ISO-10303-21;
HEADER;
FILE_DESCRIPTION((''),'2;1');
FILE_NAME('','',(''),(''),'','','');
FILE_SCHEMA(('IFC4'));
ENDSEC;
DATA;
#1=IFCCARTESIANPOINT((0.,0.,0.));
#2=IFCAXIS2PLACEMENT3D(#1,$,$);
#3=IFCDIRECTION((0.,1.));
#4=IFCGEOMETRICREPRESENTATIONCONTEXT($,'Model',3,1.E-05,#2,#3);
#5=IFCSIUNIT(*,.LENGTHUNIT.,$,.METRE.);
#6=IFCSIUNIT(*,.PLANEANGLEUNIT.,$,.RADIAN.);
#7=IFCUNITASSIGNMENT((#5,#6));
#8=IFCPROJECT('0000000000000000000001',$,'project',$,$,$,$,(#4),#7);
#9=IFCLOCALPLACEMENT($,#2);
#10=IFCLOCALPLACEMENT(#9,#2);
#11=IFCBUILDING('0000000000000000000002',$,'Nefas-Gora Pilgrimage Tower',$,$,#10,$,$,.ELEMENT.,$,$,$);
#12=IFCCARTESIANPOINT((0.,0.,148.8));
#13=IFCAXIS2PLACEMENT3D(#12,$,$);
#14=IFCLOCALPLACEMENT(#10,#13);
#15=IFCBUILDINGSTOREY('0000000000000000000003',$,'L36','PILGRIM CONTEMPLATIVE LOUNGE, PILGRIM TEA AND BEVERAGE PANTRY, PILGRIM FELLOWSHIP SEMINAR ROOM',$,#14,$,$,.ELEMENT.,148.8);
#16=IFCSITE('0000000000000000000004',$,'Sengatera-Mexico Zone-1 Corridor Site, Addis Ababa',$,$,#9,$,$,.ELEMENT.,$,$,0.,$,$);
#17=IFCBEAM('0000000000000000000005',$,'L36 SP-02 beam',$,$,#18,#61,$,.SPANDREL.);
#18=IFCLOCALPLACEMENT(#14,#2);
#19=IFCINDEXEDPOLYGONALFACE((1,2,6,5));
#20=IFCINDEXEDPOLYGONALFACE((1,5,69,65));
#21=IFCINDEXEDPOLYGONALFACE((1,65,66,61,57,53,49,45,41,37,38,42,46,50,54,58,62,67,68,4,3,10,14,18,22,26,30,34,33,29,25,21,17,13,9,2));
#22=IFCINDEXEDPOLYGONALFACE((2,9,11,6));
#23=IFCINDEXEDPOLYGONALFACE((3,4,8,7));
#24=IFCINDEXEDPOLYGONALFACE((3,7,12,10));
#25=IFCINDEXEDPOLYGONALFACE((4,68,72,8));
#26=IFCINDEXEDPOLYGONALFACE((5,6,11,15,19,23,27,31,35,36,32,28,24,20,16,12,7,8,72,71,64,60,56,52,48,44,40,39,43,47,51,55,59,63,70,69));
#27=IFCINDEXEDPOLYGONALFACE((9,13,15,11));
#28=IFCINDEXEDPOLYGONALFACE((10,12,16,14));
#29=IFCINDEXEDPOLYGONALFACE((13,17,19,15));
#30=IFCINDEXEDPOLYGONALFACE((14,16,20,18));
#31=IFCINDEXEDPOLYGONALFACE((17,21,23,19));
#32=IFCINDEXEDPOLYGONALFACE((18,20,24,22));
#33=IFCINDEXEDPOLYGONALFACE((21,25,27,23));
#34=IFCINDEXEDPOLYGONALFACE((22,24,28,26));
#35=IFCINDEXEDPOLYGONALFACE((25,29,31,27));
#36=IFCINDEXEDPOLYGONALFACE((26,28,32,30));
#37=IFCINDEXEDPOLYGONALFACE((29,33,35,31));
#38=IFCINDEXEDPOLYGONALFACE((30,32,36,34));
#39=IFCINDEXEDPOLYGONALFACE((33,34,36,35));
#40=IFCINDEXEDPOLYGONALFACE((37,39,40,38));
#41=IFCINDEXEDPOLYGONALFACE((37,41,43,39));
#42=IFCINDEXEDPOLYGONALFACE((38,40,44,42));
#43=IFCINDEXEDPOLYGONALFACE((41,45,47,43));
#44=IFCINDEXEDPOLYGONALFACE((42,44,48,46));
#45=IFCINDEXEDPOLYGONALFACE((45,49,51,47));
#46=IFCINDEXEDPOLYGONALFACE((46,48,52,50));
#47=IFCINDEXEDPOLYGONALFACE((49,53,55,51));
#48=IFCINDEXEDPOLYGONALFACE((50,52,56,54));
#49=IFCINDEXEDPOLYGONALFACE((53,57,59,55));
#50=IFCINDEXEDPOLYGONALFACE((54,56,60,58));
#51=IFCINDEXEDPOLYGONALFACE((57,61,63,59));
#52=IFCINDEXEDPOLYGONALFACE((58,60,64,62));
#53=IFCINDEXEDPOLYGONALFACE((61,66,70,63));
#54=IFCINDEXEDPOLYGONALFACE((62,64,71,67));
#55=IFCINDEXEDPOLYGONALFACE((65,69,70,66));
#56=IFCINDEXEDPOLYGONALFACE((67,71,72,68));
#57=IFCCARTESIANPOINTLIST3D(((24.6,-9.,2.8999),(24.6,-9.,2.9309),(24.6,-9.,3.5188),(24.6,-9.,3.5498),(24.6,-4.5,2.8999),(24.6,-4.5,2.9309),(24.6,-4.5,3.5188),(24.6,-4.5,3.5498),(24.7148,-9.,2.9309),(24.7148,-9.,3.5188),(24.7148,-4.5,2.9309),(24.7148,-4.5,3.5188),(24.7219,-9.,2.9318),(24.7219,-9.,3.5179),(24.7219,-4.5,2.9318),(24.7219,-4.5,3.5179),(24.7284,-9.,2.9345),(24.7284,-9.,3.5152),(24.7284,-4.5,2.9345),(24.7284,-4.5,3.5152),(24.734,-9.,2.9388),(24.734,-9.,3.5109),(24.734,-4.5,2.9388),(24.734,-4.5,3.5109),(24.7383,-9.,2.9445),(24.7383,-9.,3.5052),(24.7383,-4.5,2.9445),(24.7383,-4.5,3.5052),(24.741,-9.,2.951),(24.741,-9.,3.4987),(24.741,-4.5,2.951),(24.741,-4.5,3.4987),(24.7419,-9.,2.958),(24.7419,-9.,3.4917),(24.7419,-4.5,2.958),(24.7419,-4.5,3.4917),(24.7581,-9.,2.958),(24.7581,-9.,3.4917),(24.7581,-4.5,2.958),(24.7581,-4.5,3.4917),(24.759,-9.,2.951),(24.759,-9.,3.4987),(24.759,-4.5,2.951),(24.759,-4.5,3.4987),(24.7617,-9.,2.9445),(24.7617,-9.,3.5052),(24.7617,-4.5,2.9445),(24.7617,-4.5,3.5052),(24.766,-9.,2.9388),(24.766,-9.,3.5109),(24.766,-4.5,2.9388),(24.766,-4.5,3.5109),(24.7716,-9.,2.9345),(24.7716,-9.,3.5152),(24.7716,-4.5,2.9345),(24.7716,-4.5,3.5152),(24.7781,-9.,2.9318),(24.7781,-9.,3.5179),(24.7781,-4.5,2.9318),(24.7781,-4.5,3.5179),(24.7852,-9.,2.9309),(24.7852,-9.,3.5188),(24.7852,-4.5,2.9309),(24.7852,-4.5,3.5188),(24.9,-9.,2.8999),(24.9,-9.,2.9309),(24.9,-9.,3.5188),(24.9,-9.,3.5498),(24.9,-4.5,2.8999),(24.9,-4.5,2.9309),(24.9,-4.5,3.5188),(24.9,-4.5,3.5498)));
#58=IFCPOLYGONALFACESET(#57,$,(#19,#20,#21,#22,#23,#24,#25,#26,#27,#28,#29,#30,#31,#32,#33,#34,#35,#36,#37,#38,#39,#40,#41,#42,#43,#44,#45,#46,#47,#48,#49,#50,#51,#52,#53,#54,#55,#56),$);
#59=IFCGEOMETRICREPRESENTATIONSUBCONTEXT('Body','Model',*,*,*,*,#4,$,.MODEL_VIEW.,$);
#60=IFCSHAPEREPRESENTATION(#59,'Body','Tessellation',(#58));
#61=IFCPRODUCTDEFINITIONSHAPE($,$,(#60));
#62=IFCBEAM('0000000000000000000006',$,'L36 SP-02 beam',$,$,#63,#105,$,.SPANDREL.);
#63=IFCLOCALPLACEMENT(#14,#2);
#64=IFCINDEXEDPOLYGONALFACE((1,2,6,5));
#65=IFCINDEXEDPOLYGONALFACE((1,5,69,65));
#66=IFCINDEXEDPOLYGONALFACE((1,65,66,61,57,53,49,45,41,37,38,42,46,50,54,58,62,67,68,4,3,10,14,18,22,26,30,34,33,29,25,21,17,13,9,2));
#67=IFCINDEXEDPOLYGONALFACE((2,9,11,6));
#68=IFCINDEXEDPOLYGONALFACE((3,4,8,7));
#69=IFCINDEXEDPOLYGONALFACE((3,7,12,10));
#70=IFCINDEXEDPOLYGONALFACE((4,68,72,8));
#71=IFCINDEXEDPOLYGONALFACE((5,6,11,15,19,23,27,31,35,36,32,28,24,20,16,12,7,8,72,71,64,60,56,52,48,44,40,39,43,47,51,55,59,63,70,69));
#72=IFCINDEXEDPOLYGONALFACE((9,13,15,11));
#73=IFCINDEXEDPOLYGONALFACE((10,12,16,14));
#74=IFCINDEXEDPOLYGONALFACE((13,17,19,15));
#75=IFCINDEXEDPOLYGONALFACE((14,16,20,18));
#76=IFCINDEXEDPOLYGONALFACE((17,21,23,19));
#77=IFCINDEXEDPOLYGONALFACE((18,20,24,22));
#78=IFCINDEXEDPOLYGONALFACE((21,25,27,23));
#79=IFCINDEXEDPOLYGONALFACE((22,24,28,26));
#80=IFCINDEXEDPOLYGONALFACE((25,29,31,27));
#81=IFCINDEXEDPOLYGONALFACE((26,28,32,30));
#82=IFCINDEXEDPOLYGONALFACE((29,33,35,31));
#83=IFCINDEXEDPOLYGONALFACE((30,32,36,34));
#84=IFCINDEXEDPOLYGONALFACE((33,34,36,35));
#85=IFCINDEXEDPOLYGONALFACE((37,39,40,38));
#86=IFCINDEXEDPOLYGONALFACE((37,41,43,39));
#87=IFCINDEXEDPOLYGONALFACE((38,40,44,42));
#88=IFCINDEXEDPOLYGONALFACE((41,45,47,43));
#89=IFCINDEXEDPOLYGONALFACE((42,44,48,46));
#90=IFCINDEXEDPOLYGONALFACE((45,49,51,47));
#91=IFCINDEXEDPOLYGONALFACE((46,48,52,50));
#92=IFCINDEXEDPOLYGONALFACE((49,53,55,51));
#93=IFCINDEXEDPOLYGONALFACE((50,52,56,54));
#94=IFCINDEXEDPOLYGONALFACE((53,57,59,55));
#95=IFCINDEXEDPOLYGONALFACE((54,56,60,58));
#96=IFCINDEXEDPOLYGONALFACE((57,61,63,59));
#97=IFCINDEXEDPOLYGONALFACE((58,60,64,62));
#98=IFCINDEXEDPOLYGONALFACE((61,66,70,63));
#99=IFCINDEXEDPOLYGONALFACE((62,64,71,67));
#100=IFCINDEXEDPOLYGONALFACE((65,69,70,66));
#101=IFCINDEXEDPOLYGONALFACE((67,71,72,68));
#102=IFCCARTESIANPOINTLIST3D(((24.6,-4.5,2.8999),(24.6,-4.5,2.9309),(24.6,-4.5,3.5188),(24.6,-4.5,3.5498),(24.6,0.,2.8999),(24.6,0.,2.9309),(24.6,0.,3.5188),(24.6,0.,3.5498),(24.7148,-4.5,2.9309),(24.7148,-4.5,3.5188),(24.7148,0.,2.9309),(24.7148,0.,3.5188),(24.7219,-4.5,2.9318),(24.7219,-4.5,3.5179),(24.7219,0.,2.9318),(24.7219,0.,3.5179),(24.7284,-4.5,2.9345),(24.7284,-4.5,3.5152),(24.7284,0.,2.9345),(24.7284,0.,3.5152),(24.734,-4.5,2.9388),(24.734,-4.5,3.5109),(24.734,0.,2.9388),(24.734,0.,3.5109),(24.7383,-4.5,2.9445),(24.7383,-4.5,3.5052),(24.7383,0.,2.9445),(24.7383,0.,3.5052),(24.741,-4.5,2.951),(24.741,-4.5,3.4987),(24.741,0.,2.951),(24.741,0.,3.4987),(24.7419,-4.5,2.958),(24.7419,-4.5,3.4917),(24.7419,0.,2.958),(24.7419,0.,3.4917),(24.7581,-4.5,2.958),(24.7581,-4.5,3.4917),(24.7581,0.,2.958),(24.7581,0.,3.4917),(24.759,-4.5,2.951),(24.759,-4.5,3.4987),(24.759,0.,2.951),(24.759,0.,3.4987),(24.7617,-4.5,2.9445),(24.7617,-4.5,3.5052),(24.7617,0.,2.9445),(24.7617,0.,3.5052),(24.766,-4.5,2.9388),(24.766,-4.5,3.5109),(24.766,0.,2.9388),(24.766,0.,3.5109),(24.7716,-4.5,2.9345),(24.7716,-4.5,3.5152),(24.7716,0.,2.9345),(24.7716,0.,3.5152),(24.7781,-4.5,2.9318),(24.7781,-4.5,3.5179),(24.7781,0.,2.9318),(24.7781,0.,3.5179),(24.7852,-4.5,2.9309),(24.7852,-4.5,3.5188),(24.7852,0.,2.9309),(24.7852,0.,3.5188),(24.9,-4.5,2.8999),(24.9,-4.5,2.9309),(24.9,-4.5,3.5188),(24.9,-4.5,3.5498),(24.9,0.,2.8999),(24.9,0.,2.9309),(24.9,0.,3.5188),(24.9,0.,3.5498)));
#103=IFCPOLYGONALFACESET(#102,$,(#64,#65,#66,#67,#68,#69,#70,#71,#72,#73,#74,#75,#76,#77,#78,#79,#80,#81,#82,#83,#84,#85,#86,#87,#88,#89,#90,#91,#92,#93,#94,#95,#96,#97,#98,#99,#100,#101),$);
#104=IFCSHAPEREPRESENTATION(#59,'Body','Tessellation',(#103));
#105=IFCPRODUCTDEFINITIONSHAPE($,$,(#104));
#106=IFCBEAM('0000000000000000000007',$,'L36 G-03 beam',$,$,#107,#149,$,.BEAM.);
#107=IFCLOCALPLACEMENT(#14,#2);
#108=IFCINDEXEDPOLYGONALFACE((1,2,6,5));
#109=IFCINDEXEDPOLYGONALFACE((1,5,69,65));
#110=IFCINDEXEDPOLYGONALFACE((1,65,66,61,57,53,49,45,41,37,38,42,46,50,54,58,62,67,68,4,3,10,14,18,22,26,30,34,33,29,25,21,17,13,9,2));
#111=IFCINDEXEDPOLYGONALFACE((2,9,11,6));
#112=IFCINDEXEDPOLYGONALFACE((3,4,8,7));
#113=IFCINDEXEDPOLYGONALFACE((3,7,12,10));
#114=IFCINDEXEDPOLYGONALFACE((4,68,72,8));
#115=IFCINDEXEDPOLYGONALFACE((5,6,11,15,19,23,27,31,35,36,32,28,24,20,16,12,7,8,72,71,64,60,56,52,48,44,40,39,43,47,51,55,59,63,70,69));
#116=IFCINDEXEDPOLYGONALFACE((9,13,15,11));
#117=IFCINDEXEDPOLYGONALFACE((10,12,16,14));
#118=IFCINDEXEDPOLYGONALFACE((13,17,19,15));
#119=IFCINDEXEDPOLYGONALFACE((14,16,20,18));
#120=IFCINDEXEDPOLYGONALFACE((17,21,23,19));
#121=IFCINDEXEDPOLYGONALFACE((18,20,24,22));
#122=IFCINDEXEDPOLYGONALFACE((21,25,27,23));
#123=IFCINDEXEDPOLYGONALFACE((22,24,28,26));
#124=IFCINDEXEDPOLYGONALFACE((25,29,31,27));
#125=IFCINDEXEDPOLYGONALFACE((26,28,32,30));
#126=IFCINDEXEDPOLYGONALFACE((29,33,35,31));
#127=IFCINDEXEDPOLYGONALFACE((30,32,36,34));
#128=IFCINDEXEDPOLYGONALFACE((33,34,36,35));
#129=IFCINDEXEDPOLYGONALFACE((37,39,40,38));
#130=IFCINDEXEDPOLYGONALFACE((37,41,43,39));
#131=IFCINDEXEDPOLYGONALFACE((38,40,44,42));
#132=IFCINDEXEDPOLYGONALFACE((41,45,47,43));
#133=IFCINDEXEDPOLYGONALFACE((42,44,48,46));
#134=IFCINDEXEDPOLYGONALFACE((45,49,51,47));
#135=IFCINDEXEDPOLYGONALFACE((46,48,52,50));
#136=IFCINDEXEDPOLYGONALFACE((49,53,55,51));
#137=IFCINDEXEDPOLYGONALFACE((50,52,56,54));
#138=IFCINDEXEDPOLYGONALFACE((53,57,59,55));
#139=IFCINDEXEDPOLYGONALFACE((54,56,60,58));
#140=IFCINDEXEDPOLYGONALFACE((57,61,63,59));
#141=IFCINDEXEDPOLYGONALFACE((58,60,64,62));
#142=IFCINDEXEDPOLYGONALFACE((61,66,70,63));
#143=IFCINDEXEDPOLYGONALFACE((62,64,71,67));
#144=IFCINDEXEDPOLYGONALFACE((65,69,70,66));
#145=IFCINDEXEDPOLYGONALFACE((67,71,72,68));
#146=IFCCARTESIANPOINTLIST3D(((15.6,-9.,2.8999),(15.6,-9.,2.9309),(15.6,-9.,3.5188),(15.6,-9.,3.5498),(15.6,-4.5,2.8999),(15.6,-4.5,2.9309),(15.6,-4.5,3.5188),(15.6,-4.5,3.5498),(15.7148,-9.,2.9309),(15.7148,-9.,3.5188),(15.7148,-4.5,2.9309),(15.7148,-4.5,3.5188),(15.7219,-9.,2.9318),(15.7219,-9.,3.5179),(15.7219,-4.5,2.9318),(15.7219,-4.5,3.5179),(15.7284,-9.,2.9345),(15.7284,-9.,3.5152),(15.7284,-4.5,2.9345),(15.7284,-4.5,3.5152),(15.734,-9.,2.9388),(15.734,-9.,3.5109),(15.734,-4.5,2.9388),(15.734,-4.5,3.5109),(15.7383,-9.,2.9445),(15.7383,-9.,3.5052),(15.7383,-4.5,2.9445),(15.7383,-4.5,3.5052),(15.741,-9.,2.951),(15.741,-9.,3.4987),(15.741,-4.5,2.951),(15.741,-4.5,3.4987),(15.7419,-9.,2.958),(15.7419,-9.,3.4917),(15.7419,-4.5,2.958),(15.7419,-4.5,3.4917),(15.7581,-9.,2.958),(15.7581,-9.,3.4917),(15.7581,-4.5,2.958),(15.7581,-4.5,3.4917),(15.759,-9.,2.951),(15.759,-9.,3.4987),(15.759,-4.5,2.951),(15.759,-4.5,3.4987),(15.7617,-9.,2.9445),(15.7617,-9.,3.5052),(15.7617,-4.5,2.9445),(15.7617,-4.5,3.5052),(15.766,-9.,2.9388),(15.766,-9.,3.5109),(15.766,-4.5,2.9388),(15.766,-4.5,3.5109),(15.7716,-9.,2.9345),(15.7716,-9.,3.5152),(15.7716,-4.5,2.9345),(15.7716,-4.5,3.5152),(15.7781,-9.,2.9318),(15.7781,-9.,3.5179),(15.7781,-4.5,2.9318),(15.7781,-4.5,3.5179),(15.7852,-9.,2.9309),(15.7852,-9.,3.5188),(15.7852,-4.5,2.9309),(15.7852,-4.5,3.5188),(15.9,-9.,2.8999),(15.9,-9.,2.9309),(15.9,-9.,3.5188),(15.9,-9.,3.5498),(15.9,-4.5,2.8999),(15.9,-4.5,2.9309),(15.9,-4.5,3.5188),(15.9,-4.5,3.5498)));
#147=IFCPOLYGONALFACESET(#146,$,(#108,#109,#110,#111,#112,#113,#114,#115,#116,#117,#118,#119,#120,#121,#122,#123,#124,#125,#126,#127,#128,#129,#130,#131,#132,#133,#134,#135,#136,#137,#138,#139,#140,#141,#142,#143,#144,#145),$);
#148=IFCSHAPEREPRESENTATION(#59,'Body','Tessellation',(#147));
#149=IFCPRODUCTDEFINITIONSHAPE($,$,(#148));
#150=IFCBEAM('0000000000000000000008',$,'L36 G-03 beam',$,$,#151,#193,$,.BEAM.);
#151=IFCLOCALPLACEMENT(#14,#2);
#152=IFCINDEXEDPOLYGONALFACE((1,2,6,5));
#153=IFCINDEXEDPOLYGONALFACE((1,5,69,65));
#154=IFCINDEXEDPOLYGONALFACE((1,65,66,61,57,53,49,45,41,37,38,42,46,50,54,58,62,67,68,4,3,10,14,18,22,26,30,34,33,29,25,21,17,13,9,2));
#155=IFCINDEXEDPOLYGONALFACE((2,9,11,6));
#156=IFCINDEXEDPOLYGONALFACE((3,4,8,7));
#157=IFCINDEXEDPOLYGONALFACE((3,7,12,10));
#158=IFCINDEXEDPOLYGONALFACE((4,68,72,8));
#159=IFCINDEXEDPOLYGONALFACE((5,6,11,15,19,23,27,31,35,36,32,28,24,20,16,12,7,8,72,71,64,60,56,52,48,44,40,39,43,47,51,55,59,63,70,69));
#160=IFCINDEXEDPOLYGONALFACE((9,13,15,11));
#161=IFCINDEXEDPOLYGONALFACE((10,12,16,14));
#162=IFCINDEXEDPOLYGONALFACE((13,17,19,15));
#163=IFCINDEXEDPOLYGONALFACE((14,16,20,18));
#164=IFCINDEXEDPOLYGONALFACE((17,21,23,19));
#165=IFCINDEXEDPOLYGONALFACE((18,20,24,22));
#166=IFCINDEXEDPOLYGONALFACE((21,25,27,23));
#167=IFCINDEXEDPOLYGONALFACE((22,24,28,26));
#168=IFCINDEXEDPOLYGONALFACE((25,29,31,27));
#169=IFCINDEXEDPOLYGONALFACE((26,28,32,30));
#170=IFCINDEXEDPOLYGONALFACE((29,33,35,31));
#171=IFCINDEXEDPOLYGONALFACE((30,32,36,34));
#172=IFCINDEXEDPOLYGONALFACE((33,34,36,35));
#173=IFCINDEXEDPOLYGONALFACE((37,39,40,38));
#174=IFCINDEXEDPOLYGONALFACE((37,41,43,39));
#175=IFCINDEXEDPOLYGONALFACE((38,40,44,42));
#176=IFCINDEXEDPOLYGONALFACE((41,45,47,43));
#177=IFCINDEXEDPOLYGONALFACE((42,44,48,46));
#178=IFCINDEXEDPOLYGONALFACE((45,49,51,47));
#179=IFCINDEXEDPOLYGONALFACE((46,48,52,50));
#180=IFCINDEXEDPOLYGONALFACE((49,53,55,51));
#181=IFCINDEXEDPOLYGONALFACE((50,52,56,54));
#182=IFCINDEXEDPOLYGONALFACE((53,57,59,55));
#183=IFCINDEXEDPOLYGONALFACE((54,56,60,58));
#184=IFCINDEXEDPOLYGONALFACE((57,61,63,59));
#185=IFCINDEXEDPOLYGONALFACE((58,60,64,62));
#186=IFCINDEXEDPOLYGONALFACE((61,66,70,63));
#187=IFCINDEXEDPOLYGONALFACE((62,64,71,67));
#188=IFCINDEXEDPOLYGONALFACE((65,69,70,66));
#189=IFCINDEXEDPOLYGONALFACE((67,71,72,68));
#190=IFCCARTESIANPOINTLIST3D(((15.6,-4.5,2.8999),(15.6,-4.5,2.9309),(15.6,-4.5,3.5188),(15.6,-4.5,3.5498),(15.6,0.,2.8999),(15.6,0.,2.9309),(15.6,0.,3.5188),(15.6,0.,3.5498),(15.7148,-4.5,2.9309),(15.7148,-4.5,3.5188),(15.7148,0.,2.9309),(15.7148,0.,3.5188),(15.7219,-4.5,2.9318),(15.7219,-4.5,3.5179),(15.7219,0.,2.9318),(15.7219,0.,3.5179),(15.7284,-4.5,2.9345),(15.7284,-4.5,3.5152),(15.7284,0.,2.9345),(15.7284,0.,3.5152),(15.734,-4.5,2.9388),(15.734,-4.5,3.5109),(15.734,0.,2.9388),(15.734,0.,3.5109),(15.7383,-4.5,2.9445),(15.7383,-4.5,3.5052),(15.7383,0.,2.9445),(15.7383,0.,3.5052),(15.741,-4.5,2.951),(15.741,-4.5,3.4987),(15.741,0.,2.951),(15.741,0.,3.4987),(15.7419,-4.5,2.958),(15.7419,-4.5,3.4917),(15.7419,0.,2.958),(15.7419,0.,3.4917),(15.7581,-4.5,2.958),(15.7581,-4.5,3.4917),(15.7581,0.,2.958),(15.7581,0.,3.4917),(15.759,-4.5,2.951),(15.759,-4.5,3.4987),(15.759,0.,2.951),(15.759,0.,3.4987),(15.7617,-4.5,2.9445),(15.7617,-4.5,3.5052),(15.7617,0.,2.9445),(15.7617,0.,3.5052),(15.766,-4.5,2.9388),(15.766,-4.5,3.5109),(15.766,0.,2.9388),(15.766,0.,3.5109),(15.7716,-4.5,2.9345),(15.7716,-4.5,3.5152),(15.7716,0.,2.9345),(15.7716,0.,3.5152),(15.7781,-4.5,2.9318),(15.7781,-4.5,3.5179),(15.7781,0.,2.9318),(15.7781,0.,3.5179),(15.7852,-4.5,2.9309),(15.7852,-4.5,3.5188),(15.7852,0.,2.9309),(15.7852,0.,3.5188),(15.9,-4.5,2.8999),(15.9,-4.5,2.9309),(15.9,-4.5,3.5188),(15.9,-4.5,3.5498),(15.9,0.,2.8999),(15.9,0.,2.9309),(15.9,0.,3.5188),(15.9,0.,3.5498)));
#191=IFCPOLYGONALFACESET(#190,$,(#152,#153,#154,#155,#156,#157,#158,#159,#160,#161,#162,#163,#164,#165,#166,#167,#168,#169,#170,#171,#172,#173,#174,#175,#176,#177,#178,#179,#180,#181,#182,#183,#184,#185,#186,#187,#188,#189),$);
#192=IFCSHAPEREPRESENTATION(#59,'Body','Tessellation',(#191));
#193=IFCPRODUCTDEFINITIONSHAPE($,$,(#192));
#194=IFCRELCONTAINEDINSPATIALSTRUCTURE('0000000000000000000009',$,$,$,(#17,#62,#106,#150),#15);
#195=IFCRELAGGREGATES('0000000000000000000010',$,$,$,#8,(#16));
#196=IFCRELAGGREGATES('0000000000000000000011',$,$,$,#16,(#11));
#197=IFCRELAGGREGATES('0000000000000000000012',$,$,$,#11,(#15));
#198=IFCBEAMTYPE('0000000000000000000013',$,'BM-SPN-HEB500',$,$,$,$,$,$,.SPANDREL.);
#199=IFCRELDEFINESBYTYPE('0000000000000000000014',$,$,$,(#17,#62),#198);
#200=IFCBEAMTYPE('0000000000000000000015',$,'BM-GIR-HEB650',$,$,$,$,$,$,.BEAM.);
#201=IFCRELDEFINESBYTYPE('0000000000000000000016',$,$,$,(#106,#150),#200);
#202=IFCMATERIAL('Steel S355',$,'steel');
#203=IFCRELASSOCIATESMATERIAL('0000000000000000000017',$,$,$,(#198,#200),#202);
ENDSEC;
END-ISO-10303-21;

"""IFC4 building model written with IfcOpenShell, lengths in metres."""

from ifc_helpers import new_model, si_unit, direction, frame, origin, origin_2d, place, context, subcontext, project, spatial, i_section, extrude, source, transform, mapped, material, material_profile, profile_set, type_object, element, save


model = new_model("IFC4")

# Units and contexts
model_context = context("Model", 3, precision=1e-05, world=origin(), true_north=direction((0.0, 1.0)))
body_context = subcontext(model_context, "Body", "Model", "MODEL_VIEW")
ifc_project = project(units=[si_unit("LENGTHUNIT", "METRE"), si_unit("PLANEANGLEUNIT", "RADIAN")], contexts=[model_context])

# Site, building, storey
site_placement = place(None, origin())
site = spatial("IfcSite", under=ifc_project, at=site_placement, Name="Sengatera-Mexico Zone-1 Corridor Site, Addis Ababa", CompositionType="ELEMENT", RefElevation=0.0)
building_placement = place(site_placement, origin())
building = spatial("IfcBuilding", under=site, at=building_placement, Name="Nefas-Gora Pilgrimage Tower", CompositionType="ELEMENT")
storey_placement = place(building_placement, frame((0.0, 0.0, 148.8)))
storey = spatial("IfcBuildingStorey", under=building, at=storey_placement, Name="L36", Description="PILGRIM CONTEMPLATIVE LOUNGE, PILGRIM TEA AND BEVERAGE PANTRY, PILGRIM FELLOWSHIP SEMINAR ROOM", CompositionType="ELEMENT", Elevation=148.8)

# Beams
ifc_material_1 = material(Name="Steel S355", Category="steel")
ifc_material_profile_1 = material_profile(ifc_material_1, i_section(OverallWidth=0.3, OverallDepth=0.6499, WebThickness=0.0161, FlangeThickness=0.031, FilletRadius=0.0271, at=origin_2d()), Name="HEB 650")
ifc_profile_set_1 = profile_set([ifc_material_profile_1], Name="Steel S355")
beam_type_1 = type_object("IfcBeamType", Name="BM-SPN-HEB500", PredefinedType="SPANDREL", material=ifc_profile_set_1)
shared_shape_1 = source(origin(), body_context, "Body", "SweptSolid", [
    extrude(i_section(OverallWidth=0.3, OverallDepth=0.6499, WebThickness=0.0161, FlangeThickness=0.031, FilletRadius=0.0271, at=origin_2d()), origin(), (0.0, 0.0, 1.0), 4.5),
])
for number, where, z_axis, x_axis, name in (
    (1, (24.75, -9.0, 3.2249), (0.0, 1.0, 0.0), (-1.0, 0.0, 0.0), "L36 SP-02 beam"),
    (2, (24.75, -4.5, 3.2249), (0.0, 1.0, 0.0), (-1.0, 0.0, 0.0), "L36 SP-02 beam"),
):
    element("IfcBeam", number, at=place(storey_placement, frame(where, z_axis=z_axis, x_axis=x_axis)), inside=storey, type_object=beam_type_1, Name=name, PredefinedType="SPANDREL", context=body_context, shape_type="MappedRepresentation", body=[
        mapped(shared_shape_1, transform((0.0, 0.0, 0.0), x_axis=(1.0, 0.0, 0.0), y_axis=(0.0, 1.0, 0.0), z_axis=(0.0, 0.0, 1.0), scale=1.0)),
    ])
ifc_material_profile_2 = material_profile(ifc_material_1, i_section(OverallWidth=0.3, OverallDepth=0.6499, WebThickness=0.0161, FlangeThickness=0.031, FilletRadius=0.0271, at=origin_2d()), Name="HEB 650")
ifc_profile_set_2 = profile_set([ifc_material_profile_2], Name="Steel S355")
beam_type_2 = type_object("IfcBeamType", Name="BM-GIR-HEB650", PredefinedType="BEAM", material=ifc_profile_set_2)
shared_shape_2 = source(origin(), body_context, "Body", "SweptSolid", [
    extrude(i_section(OverallWidth=0.3, OverallDepth=0.6499, WebThickness=0.0161, FlangeThickness=0.031, FilletRadius=0.0271, at=origin_2d()), origin(), (0.0, 0.0, 1.0), 4.5),
])
for number, where, z_axis, x_axis, name in (
    (3, (15.75, -9.0, 3.2249), (0.0, 1.0, 0.0), (-1.0, 0.0, 0.0), "L36 G-03 beam"),
    (4, (15.75, -4.5, 3.2249), (0.0, 1.0, 0.0), (-1.0, 0.0, 0.0), "L36 G-03 beam"),
):
    element("IfcBeam", number, at=place(storey_placement, frame(where, z_axis=z_axis, x_axis=x_axis)), inside=storey, type_object=beam_type_2, Name=name, PredefinedType="BEAM", context=body_context, shape_type="MappedRepresentation", body=[
        mapped(shared_shape_2, transform((0.0, 0.0, 0.0), x_axis=(1.0, 0.0, 0.0), y_axis=(0.0, 1.0, 0.0), z_axis=(0.0, 0.0, 1.0), scale=1.0)),
    ])

save(model, "model.ifc")
